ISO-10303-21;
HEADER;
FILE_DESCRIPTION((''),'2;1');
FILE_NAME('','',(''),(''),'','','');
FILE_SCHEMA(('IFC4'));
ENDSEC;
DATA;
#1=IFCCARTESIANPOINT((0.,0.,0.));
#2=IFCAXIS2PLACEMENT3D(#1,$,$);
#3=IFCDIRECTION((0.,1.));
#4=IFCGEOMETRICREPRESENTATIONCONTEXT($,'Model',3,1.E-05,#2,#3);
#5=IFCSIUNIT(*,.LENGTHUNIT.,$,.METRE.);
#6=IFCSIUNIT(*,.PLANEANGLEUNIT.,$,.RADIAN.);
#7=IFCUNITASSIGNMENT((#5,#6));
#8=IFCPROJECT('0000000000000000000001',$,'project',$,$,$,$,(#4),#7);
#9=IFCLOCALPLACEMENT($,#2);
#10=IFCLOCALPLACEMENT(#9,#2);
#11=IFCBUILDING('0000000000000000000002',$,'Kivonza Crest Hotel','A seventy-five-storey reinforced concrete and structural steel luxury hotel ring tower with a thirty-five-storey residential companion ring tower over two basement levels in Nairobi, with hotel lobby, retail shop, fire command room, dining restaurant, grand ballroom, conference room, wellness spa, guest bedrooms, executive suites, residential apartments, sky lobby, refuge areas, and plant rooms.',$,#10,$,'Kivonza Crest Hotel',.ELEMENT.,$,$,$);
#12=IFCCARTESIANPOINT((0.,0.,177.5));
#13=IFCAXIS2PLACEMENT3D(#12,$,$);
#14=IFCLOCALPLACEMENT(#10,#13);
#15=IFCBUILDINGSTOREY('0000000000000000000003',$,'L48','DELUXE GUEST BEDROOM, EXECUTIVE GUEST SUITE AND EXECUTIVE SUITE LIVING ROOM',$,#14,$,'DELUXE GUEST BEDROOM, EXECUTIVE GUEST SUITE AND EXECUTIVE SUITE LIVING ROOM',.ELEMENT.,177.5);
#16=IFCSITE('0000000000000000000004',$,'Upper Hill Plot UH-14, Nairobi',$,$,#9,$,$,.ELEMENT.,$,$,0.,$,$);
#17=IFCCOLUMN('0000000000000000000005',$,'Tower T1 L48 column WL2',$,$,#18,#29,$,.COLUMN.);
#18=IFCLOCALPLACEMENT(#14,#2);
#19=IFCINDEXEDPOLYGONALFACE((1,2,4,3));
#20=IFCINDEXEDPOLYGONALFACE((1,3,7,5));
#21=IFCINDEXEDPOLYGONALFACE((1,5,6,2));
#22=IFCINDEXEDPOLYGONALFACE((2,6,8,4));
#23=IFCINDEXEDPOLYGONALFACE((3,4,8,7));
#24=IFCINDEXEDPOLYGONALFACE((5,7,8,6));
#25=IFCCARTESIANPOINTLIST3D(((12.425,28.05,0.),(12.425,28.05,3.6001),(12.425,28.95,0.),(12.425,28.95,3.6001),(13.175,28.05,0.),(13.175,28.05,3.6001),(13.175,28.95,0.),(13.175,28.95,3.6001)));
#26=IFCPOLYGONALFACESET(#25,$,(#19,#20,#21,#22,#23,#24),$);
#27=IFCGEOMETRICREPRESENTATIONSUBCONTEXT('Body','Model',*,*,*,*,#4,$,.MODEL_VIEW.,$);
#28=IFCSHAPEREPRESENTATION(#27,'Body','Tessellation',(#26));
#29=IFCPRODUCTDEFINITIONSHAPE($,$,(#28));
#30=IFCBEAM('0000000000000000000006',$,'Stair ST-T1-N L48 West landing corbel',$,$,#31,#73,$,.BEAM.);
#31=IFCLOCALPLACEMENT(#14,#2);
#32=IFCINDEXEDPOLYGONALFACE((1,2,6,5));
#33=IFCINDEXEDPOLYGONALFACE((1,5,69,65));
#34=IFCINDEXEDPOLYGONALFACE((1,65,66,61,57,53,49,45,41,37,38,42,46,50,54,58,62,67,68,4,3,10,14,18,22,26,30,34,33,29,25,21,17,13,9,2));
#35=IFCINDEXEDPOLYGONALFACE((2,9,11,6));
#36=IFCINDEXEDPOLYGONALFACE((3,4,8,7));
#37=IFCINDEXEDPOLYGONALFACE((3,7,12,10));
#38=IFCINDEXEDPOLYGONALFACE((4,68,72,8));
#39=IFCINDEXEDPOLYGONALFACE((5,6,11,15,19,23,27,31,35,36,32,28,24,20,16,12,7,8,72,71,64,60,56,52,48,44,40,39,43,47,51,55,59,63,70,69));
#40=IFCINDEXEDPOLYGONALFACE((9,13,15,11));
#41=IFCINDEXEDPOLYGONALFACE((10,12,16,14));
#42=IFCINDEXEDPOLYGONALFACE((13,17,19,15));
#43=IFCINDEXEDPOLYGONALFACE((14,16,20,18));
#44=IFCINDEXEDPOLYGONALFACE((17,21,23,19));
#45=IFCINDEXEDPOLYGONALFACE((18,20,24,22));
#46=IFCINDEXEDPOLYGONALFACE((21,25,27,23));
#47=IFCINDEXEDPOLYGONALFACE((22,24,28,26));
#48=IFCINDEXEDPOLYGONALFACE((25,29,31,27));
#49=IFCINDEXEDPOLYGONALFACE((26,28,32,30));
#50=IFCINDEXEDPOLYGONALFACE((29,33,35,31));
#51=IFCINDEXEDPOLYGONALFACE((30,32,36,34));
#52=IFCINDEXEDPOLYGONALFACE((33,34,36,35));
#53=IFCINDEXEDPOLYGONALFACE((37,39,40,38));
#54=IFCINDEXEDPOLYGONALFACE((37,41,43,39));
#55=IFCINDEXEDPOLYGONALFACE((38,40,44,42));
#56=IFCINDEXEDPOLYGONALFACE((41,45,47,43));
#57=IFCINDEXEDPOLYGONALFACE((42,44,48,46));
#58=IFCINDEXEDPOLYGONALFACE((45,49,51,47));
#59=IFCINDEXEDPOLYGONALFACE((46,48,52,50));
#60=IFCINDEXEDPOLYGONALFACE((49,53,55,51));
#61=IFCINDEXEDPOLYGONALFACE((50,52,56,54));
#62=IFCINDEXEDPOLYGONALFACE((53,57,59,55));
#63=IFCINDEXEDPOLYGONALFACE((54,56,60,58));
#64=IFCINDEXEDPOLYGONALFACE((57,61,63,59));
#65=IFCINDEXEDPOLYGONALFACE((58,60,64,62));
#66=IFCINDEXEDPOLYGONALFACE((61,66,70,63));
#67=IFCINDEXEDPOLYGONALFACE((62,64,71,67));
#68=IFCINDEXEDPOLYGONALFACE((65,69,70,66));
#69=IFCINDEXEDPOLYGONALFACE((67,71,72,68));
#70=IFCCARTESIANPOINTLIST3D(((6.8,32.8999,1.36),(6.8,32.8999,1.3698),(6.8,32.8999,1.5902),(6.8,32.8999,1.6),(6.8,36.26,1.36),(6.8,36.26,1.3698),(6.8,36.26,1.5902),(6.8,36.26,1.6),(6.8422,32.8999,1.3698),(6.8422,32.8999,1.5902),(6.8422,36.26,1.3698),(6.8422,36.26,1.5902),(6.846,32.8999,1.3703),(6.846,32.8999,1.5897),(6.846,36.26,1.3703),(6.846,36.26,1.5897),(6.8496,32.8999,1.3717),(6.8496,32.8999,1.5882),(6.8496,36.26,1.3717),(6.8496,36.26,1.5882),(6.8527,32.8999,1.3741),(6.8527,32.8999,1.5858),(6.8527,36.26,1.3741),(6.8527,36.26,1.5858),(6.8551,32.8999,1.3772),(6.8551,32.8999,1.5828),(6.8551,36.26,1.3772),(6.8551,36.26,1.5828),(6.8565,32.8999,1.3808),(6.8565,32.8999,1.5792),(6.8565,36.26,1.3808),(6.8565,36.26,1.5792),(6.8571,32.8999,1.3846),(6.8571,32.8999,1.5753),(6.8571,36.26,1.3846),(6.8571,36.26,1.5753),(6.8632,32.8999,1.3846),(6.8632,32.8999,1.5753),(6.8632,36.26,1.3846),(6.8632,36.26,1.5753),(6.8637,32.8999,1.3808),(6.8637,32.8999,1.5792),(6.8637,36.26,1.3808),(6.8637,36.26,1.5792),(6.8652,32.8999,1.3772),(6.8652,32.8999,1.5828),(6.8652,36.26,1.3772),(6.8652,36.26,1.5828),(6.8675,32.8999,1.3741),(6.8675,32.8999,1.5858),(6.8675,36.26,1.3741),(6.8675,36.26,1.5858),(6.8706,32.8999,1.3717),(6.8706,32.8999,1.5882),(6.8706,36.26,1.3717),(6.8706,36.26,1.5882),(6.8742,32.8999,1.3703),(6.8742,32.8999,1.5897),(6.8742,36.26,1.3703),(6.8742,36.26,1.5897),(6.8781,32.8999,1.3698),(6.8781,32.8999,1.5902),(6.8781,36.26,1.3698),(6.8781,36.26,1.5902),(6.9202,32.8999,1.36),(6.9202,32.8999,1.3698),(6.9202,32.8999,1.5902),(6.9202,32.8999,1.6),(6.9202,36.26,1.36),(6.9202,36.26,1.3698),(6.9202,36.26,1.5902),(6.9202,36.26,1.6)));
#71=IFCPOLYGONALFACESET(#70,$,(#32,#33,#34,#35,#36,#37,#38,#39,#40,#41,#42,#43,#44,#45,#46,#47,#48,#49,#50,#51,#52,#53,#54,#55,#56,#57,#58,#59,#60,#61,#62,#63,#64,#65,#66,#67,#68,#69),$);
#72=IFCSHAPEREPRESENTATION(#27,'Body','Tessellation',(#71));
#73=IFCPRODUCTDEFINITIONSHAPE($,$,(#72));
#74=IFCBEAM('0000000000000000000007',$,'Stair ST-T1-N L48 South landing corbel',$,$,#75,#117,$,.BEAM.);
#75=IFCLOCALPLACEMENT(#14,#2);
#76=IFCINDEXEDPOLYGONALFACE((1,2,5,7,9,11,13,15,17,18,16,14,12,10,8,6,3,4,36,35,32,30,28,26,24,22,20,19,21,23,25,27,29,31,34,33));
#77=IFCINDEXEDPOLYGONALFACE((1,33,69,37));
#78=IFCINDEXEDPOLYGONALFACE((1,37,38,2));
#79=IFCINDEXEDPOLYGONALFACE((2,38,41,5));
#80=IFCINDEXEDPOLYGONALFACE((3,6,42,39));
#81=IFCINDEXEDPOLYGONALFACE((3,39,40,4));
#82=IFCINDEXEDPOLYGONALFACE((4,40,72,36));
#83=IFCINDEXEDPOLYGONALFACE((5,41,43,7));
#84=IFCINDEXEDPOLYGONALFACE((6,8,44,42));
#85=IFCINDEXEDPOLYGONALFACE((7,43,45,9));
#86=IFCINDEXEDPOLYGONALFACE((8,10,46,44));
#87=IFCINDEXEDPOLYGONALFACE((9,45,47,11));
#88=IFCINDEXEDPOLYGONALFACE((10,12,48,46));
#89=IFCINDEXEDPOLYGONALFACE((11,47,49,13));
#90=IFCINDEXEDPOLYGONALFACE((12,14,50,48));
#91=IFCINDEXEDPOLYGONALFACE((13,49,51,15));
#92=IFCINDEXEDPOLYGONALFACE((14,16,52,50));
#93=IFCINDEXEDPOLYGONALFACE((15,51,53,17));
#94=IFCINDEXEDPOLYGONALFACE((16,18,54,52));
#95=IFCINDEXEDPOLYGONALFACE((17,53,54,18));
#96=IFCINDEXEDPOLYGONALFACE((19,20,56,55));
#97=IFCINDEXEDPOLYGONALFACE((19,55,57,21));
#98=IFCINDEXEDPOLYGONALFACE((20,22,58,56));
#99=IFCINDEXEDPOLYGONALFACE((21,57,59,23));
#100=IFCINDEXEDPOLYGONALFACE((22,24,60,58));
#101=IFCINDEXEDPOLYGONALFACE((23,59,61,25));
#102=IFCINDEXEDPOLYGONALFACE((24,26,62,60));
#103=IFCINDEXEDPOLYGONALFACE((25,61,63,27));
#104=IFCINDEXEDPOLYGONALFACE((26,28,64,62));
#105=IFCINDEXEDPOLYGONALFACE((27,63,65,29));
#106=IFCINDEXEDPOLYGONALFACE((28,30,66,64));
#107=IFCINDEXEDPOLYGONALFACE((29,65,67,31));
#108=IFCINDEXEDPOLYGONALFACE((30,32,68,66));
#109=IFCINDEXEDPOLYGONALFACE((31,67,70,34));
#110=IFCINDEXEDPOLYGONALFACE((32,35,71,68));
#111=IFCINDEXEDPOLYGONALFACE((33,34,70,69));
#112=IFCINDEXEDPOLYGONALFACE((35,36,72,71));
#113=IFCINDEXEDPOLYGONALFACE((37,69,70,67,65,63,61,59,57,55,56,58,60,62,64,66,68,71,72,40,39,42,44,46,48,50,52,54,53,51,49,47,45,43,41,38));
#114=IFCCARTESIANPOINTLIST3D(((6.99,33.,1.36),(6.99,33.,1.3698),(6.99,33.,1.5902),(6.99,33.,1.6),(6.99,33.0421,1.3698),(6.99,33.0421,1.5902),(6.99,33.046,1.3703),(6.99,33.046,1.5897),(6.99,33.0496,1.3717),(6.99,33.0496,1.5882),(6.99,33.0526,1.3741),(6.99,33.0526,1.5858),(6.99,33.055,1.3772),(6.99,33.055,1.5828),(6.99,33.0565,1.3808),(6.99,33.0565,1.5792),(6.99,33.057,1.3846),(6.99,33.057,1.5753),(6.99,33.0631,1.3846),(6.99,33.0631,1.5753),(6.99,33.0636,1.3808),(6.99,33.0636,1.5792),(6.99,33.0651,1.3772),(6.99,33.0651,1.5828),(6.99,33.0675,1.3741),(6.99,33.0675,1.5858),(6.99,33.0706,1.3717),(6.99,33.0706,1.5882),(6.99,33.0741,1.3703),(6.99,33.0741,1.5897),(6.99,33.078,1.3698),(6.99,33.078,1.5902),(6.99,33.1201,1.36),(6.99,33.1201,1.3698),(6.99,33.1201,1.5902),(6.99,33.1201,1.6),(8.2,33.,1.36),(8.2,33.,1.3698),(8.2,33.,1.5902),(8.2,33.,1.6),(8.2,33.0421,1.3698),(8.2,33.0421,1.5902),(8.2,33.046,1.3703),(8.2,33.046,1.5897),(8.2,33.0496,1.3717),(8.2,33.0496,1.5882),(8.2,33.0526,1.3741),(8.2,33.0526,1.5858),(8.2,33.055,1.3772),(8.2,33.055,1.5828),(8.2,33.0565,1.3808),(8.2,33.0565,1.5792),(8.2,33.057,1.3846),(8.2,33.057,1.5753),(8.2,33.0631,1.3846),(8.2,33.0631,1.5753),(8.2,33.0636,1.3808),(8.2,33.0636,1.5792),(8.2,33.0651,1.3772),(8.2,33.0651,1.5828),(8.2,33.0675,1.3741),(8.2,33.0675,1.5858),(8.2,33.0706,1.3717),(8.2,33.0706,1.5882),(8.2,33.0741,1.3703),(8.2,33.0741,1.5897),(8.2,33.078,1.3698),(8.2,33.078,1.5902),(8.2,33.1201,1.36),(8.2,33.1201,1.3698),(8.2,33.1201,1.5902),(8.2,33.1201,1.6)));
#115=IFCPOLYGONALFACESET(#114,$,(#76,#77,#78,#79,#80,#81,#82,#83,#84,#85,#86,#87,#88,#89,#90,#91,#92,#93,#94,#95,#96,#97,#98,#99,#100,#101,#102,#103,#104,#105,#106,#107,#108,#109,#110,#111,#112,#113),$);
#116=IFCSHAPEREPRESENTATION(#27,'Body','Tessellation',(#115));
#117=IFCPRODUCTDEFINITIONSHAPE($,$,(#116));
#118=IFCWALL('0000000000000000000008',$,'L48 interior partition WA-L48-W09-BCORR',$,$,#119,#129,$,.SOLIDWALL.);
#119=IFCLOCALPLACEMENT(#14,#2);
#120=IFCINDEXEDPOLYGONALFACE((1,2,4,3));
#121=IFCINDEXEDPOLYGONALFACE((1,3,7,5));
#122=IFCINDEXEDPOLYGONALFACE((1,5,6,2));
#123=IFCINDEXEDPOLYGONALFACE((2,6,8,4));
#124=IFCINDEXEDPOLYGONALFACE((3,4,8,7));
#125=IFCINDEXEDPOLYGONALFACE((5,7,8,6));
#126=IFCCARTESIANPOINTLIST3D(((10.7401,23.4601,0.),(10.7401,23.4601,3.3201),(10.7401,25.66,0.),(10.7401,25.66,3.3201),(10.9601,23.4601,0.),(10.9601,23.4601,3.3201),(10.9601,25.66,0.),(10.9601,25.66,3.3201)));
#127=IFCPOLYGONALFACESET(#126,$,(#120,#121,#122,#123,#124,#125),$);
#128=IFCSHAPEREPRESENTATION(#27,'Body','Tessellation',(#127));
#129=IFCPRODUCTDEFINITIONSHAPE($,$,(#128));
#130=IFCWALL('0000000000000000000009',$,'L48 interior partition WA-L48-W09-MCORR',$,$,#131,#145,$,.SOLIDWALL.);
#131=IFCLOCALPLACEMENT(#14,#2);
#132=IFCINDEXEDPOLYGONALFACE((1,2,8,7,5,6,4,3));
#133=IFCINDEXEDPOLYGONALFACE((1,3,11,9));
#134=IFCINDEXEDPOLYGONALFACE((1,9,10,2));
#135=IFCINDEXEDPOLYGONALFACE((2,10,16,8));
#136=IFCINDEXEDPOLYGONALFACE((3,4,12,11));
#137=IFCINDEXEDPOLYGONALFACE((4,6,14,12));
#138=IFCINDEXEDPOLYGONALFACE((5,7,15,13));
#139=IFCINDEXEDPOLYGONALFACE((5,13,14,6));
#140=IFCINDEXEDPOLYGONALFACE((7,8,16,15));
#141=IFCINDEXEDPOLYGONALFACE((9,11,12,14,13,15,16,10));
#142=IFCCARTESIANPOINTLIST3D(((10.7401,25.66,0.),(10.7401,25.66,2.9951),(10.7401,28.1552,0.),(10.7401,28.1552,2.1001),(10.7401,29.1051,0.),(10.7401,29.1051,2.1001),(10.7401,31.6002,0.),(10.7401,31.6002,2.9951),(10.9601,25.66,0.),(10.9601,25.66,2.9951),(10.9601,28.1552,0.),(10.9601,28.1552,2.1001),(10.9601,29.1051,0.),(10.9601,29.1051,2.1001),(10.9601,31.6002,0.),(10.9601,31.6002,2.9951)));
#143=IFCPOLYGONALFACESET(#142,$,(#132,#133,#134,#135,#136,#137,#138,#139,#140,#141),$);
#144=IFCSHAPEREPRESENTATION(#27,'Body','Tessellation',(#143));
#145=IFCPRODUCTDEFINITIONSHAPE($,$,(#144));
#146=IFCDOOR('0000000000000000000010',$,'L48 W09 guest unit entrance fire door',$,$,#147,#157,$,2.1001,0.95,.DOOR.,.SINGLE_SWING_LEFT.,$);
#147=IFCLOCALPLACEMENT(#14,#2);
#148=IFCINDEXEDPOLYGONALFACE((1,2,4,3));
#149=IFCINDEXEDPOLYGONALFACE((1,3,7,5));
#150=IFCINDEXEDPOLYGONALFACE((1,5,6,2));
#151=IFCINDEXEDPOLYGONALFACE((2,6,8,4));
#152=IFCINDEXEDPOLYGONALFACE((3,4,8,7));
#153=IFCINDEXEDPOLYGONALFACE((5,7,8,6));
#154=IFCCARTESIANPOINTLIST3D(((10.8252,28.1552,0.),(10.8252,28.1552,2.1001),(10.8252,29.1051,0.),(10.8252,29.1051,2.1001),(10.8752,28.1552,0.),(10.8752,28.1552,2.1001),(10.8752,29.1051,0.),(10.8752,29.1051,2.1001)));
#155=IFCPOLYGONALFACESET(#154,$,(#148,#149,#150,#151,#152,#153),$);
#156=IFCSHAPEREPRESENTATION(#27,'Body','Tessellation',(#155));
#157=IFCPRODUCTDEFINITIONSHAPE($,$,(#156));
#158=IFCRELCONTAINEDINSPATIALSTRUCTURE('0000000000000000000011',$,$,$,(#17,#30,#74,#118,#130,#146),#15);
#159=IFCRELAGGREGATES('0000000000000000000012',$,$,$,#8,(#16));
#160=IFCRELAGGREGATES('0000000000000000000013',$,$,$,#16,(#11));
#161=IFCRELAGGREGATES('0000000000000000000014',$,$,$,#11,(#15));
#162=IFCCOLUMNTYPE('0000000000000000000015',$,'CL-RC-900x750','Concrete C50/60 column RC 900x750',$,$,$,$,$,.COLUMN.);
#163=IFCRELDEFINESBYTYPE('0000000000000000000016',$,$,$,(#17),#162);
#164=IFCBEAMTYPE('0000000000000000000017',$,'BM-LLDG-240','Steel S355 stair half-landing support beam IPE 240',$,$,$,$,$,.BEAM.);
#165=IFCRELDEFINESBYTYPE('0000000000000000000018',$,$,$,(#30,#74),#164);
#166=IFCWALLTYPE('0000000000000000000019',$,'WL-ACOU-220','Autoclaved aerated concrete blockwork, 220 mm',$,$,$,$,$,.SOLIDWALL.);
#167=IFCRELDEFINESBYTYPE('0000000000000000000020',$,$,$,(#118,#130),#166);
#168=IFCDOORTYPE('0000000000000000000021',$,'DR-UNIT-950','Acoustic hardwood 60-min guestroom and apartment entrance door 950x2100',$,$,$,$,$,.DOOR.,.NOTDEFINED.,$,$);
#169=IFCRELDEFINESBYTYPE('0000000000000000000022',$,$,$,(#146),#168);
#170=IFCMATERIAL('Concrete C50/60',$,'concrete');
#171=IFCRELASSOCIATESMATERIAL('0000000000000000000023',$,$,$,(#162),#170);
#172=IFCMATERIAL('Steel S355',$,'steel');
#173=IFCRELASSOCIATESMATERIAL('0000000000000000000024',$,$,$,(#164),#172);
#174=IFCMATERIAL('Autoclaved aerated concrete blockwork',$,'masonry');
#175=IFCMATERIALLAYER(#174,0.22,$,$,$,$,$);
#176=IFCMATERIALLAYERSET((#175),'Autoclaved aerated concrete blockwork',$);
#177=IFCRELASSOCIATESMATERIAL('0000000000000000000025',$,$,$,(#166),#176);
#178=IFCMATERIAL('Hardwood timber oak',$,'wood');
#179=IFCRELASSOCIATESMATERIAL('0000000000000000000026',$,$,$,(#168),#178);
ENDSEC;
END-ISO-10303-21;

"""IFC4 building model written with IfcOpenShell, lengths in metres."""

from ifc_helpers import new_model, si_unit, direction, frame, frame_2d, origin, origin_2d, place, context, subcontext, project, spatial, rectangle, i_section, extrude, material, layer, layer_set, material_profile, profile_set, type_object, element, fill, save


model = new_model("IFC4")

# Units and contexts
model_context = context("Model", 3, precision=1e-05, world=origin(), true_north=direction((0.0, 1.0)))
body_context = subcontext(model_context, "Body", "Model", "MODEL_VIEW")
ifc_project = project(units=[si_unit("LENGTHUNIT", "METRE"), si_unit("PLANEANGLEUNIT", "RADIAN")], contexts=[model_context])

# Site, building, storey
site_placement = place(None, origin())
site = spatial("IfcSite", under=ifc_project, at=site_placement, Name="Upper Hill Plot UH-14, Nairobi", CompositionType="ELEMENT", RefElevation=0.0)
building_placement = place(site_placement, origin())
building = spatial("IfcBuilding", under=site, at=building_placement, Name="Kivonza Crest Hotel", Description="A seventy-five-storey reinforced concrete and structural steel luxury hotel ring tower with a thirty-five-storey residential companion ring tower over two basement levels in Nairobi, with hotel lobby, retail shop, fire command room, dining restaurant, grand ballroom, conference room, wellness spa, guest bedrooms, executive suites, residential apartments, sky lobby, refuge areas, and plant rooms.", LongName="Kivonza Crest Hotel", CompositionType="ELEMENT")
storey_placement = place(building_placement, frame((0.0, 0.0, 177.5)))
storey = spatial("IfcBuildingStorey", under=building, at=storey_placement, Name="L48", Description="DELUXE GUEST BEDROOM, EXECUTIVE GUEST SUITE AND EXECUTIVE SUITE LIVING ROOM", LongName="DELUXE GUEST BEDROOM, EXECUTIVE GUEST SUITE AND EXECUTIVE SUITE LIVING ROOM", CompositionType="ELEMENT", Elevation=177.5)

# Column
ifc_material_1 = material(Name="Concrete C50/60", Category="concrete")
ifc_material_profile_1 = material_profile(ifc_material_1, rectangle(XDim=0.75, YDim=0.8999, at=origin_2d()), Name="RC 900x750")
ifc_profile_set_1 = profile_set([ifc_material_profile_1], Name="Concrete C50/60")
column_type = type_object("IfcColumnType", Name="CL-RC-900x750", Description="Concrete C50/60 column RC 900x750", PredefinedType="COLUMN", material=ifc_profile_set_1)
column_placement = place(storey_placement, frame((12.8, 28.5, 0.0), z_axis=(0.0, 0.0, 1.0), x_axis=(1.0, 0.0, 0.0)))
element("IfcColumn", 1, at=column_placement, inside=storey, type_object=column_type, Name="Tower T1 L48 column WL2", PredefinedType="COLUMN", context=body_context, shape_type="SweptSolid", body=[
    extrude(rectangle(XDim=0.75, YDim=0.8999, at=origin_2d()), origin(), (0.0, 0.0, 1.0), 3.6001),
])

# Beams
ifc_material_2 = material(Name="Steel S355", Category="steel")
ifc_material_profile_2 = material_profile(ifc_material_2, i_section(OverallWidth=0.1201, OverallDepth=0.24, WebThickness=0.0061, FlangeThickness=0.0098, FilletRadius=0.0149, at=origin_2d()), Name="IPE 240")
ifc_profile_set_2 = profile_set([ifc_material_profile_2], Name="Steel S355")
beam_type = type_object("IfcBeamType", Name="BM-LLDG-240", Description="Steel S355 stair half-landing support beam IPE 240", PredefinedType="BEAM", material=ifc_profile_set_2)
beam_1_placement = place(storey_placement, frame((6.8601, 32.8999, 1.48), z_axis=(0.0, 1.0, 0.0), x_axis=(-1.0, 0.0, 0.0)))
element("IfcBeam", 2, at=beam_1_placement, inside=storey, type_object=beam_type, Name="Stair ST-T1-N L48 West landing corbel", PredefinedType="BEAM", context=body_context, shape_type="SweptSolid", body=[
    extrude(i_section(OverallWidth=0.1201, OverallDepth=0.24, WebThickness=0.0061, FlangeThickness=0.0098, FilletRadius=0.0149, at=origin_2d()), origin(), (0.0, 0.0, 1.0), 3.3601),
])
beam_2_placement = place(storey_placement, frame((6.99, 33.0601, 1.48), z_axis=(1.0, 0.0, 0.0), x_axis=(0.0, 1.0, 0.0)))
element("IfcBeam", 3, at=beam_2_placement, inside=storey, type_object=beam_type, Name="Stair ST-T1-N L48 South landing corbel", PredefinedType="BEAM", context=body_context, shape_type="SweptSolid", body=[
    extrude(i_section(OverallWidth=0.1201, OverallDepth=0.24, WebThickness=0.0061, FlangeThickness=0.0098, FilletRadius=0.0149, at=origin_2d()), origin(), (0.0, 0.0, 1.0), 1.21),
])

# Wall
ifc_material_3 = material(Name="Autoclaved aerated concrete blockwork", Category="masonry")
ifc_layer_1 = layer(ifc_material_3, 0.22)
ifc_layer_set_1 = layer_set([ifc_layer_1], Name="Autoclaved aerated concrete blockwork")
wall_type_1 = type_object("IfcWallType", Name="WL-ACOU-220", Description="Autoclaved aerated concrete blockwork, 220 mm", PredefinedType="SOLIDWALL", material=ifc_layer_set_1)
wall_1_placement = place(storey_placement, frame((10.8501, 23.46, 0.0), z_axis=(0.0, 0.0, 1.0), x_axis=(0.0, 1.0, 0.0)))
element("IfcWall", 4, at=wall_1_placement, inside=storey, type_object=wall_type_1, Name="L48 interior partition WA-L48-W09-BCORR", PredefinedType="SOLIDWALL", context=body_context, shape_type="SweptSolid", body=[
    extrude(rectangle(XDim=2.2, YDim=0.22, at=frame_2d((1.1001, 0.0))), origin(), (0.0, 0.0, 1.0), 3.3201),
])

# Wall, opening, door
wall_2_placement = place(storey_placement, frame((10.8501, 25.6599, 0.0), z_axis=(0.0, 0.0, 1.0), x_axis=(0.0, 1.0, 0.0)))
wall_2 = element("IfcWall", 5, at=wall_2_placement, inside=storey, type_object=wall_type_1, Name="L48 interior partition WA-L48-W09-MCORR", PredefinedType="SOLIDWALL", context=body_context, shape_type="SweptSolid", body=[
    extrude(rectangle(XDim=5.9402, YDim=0.22, at=frame_2d((2.9702, 0.0))), origin(), (0.0, 0.0, 1.0), 2.9951),
])
opening_1_placement = place(wall_2_placement, frame((2.4951, 0.0, 0.0)))
opening_1 = element("IfcOpeningElement", 6, at=opening_1_placement, cuts=wall_2, PredefinedType="OPENING", context=body_context, shape_type="SweptSolid", body=[
    extrude(rectangle(XDim=0.95, YDim=2.1001, at=frame_2d((0.4751, 1.05))), frame((0.0, 0.1201, 0.0), z_axis=(0.0, -1.0, 0.0), x_axis=(1.0, 0.0, 0.0)), (0.0, 0.0, 1.0), 0.24),
])
ifc_material_4 = material(Name="Hardwood timber oak", Category="wood")
door_type_1 = type_object("IfcDoorType", Name="DR-UNIT-950", Description="Acoustic hardwood 60-min guestroom and apartment entrance door 950x2100", OperationType="NOTDEFINED", PredefinedType="DOOR", material=ifc_material_4)
door_1_placement = place(opening_1_placement, origin())
door_1 = element("IfcDoor", 7, at=door_1_placement, inside=storey, type_object=door_type_1, Name="L48 W09 guest unit entrance fire door", OperationType="SINGLE_SWING_LEFT", OverallHeight=2.1001, OverallWidth=0.95, PredefinedType="DOOR", context=body_context, shape_type="SweptSolid", body=[
    extrude(rectangle(XDim=0.95, YDim=2.1001, at=frame_2d((0.4751, 1.05))), frame((0.0, 0.0249, 0.0), z_axis=(0.0, -1.0, 0.0), x_axis=(1.0, 0.0, 0.0)), (0.0, 0.0, 1.0), 0.05),
])
fill(opening_1, door_1)

save(model, "model.ifc")
